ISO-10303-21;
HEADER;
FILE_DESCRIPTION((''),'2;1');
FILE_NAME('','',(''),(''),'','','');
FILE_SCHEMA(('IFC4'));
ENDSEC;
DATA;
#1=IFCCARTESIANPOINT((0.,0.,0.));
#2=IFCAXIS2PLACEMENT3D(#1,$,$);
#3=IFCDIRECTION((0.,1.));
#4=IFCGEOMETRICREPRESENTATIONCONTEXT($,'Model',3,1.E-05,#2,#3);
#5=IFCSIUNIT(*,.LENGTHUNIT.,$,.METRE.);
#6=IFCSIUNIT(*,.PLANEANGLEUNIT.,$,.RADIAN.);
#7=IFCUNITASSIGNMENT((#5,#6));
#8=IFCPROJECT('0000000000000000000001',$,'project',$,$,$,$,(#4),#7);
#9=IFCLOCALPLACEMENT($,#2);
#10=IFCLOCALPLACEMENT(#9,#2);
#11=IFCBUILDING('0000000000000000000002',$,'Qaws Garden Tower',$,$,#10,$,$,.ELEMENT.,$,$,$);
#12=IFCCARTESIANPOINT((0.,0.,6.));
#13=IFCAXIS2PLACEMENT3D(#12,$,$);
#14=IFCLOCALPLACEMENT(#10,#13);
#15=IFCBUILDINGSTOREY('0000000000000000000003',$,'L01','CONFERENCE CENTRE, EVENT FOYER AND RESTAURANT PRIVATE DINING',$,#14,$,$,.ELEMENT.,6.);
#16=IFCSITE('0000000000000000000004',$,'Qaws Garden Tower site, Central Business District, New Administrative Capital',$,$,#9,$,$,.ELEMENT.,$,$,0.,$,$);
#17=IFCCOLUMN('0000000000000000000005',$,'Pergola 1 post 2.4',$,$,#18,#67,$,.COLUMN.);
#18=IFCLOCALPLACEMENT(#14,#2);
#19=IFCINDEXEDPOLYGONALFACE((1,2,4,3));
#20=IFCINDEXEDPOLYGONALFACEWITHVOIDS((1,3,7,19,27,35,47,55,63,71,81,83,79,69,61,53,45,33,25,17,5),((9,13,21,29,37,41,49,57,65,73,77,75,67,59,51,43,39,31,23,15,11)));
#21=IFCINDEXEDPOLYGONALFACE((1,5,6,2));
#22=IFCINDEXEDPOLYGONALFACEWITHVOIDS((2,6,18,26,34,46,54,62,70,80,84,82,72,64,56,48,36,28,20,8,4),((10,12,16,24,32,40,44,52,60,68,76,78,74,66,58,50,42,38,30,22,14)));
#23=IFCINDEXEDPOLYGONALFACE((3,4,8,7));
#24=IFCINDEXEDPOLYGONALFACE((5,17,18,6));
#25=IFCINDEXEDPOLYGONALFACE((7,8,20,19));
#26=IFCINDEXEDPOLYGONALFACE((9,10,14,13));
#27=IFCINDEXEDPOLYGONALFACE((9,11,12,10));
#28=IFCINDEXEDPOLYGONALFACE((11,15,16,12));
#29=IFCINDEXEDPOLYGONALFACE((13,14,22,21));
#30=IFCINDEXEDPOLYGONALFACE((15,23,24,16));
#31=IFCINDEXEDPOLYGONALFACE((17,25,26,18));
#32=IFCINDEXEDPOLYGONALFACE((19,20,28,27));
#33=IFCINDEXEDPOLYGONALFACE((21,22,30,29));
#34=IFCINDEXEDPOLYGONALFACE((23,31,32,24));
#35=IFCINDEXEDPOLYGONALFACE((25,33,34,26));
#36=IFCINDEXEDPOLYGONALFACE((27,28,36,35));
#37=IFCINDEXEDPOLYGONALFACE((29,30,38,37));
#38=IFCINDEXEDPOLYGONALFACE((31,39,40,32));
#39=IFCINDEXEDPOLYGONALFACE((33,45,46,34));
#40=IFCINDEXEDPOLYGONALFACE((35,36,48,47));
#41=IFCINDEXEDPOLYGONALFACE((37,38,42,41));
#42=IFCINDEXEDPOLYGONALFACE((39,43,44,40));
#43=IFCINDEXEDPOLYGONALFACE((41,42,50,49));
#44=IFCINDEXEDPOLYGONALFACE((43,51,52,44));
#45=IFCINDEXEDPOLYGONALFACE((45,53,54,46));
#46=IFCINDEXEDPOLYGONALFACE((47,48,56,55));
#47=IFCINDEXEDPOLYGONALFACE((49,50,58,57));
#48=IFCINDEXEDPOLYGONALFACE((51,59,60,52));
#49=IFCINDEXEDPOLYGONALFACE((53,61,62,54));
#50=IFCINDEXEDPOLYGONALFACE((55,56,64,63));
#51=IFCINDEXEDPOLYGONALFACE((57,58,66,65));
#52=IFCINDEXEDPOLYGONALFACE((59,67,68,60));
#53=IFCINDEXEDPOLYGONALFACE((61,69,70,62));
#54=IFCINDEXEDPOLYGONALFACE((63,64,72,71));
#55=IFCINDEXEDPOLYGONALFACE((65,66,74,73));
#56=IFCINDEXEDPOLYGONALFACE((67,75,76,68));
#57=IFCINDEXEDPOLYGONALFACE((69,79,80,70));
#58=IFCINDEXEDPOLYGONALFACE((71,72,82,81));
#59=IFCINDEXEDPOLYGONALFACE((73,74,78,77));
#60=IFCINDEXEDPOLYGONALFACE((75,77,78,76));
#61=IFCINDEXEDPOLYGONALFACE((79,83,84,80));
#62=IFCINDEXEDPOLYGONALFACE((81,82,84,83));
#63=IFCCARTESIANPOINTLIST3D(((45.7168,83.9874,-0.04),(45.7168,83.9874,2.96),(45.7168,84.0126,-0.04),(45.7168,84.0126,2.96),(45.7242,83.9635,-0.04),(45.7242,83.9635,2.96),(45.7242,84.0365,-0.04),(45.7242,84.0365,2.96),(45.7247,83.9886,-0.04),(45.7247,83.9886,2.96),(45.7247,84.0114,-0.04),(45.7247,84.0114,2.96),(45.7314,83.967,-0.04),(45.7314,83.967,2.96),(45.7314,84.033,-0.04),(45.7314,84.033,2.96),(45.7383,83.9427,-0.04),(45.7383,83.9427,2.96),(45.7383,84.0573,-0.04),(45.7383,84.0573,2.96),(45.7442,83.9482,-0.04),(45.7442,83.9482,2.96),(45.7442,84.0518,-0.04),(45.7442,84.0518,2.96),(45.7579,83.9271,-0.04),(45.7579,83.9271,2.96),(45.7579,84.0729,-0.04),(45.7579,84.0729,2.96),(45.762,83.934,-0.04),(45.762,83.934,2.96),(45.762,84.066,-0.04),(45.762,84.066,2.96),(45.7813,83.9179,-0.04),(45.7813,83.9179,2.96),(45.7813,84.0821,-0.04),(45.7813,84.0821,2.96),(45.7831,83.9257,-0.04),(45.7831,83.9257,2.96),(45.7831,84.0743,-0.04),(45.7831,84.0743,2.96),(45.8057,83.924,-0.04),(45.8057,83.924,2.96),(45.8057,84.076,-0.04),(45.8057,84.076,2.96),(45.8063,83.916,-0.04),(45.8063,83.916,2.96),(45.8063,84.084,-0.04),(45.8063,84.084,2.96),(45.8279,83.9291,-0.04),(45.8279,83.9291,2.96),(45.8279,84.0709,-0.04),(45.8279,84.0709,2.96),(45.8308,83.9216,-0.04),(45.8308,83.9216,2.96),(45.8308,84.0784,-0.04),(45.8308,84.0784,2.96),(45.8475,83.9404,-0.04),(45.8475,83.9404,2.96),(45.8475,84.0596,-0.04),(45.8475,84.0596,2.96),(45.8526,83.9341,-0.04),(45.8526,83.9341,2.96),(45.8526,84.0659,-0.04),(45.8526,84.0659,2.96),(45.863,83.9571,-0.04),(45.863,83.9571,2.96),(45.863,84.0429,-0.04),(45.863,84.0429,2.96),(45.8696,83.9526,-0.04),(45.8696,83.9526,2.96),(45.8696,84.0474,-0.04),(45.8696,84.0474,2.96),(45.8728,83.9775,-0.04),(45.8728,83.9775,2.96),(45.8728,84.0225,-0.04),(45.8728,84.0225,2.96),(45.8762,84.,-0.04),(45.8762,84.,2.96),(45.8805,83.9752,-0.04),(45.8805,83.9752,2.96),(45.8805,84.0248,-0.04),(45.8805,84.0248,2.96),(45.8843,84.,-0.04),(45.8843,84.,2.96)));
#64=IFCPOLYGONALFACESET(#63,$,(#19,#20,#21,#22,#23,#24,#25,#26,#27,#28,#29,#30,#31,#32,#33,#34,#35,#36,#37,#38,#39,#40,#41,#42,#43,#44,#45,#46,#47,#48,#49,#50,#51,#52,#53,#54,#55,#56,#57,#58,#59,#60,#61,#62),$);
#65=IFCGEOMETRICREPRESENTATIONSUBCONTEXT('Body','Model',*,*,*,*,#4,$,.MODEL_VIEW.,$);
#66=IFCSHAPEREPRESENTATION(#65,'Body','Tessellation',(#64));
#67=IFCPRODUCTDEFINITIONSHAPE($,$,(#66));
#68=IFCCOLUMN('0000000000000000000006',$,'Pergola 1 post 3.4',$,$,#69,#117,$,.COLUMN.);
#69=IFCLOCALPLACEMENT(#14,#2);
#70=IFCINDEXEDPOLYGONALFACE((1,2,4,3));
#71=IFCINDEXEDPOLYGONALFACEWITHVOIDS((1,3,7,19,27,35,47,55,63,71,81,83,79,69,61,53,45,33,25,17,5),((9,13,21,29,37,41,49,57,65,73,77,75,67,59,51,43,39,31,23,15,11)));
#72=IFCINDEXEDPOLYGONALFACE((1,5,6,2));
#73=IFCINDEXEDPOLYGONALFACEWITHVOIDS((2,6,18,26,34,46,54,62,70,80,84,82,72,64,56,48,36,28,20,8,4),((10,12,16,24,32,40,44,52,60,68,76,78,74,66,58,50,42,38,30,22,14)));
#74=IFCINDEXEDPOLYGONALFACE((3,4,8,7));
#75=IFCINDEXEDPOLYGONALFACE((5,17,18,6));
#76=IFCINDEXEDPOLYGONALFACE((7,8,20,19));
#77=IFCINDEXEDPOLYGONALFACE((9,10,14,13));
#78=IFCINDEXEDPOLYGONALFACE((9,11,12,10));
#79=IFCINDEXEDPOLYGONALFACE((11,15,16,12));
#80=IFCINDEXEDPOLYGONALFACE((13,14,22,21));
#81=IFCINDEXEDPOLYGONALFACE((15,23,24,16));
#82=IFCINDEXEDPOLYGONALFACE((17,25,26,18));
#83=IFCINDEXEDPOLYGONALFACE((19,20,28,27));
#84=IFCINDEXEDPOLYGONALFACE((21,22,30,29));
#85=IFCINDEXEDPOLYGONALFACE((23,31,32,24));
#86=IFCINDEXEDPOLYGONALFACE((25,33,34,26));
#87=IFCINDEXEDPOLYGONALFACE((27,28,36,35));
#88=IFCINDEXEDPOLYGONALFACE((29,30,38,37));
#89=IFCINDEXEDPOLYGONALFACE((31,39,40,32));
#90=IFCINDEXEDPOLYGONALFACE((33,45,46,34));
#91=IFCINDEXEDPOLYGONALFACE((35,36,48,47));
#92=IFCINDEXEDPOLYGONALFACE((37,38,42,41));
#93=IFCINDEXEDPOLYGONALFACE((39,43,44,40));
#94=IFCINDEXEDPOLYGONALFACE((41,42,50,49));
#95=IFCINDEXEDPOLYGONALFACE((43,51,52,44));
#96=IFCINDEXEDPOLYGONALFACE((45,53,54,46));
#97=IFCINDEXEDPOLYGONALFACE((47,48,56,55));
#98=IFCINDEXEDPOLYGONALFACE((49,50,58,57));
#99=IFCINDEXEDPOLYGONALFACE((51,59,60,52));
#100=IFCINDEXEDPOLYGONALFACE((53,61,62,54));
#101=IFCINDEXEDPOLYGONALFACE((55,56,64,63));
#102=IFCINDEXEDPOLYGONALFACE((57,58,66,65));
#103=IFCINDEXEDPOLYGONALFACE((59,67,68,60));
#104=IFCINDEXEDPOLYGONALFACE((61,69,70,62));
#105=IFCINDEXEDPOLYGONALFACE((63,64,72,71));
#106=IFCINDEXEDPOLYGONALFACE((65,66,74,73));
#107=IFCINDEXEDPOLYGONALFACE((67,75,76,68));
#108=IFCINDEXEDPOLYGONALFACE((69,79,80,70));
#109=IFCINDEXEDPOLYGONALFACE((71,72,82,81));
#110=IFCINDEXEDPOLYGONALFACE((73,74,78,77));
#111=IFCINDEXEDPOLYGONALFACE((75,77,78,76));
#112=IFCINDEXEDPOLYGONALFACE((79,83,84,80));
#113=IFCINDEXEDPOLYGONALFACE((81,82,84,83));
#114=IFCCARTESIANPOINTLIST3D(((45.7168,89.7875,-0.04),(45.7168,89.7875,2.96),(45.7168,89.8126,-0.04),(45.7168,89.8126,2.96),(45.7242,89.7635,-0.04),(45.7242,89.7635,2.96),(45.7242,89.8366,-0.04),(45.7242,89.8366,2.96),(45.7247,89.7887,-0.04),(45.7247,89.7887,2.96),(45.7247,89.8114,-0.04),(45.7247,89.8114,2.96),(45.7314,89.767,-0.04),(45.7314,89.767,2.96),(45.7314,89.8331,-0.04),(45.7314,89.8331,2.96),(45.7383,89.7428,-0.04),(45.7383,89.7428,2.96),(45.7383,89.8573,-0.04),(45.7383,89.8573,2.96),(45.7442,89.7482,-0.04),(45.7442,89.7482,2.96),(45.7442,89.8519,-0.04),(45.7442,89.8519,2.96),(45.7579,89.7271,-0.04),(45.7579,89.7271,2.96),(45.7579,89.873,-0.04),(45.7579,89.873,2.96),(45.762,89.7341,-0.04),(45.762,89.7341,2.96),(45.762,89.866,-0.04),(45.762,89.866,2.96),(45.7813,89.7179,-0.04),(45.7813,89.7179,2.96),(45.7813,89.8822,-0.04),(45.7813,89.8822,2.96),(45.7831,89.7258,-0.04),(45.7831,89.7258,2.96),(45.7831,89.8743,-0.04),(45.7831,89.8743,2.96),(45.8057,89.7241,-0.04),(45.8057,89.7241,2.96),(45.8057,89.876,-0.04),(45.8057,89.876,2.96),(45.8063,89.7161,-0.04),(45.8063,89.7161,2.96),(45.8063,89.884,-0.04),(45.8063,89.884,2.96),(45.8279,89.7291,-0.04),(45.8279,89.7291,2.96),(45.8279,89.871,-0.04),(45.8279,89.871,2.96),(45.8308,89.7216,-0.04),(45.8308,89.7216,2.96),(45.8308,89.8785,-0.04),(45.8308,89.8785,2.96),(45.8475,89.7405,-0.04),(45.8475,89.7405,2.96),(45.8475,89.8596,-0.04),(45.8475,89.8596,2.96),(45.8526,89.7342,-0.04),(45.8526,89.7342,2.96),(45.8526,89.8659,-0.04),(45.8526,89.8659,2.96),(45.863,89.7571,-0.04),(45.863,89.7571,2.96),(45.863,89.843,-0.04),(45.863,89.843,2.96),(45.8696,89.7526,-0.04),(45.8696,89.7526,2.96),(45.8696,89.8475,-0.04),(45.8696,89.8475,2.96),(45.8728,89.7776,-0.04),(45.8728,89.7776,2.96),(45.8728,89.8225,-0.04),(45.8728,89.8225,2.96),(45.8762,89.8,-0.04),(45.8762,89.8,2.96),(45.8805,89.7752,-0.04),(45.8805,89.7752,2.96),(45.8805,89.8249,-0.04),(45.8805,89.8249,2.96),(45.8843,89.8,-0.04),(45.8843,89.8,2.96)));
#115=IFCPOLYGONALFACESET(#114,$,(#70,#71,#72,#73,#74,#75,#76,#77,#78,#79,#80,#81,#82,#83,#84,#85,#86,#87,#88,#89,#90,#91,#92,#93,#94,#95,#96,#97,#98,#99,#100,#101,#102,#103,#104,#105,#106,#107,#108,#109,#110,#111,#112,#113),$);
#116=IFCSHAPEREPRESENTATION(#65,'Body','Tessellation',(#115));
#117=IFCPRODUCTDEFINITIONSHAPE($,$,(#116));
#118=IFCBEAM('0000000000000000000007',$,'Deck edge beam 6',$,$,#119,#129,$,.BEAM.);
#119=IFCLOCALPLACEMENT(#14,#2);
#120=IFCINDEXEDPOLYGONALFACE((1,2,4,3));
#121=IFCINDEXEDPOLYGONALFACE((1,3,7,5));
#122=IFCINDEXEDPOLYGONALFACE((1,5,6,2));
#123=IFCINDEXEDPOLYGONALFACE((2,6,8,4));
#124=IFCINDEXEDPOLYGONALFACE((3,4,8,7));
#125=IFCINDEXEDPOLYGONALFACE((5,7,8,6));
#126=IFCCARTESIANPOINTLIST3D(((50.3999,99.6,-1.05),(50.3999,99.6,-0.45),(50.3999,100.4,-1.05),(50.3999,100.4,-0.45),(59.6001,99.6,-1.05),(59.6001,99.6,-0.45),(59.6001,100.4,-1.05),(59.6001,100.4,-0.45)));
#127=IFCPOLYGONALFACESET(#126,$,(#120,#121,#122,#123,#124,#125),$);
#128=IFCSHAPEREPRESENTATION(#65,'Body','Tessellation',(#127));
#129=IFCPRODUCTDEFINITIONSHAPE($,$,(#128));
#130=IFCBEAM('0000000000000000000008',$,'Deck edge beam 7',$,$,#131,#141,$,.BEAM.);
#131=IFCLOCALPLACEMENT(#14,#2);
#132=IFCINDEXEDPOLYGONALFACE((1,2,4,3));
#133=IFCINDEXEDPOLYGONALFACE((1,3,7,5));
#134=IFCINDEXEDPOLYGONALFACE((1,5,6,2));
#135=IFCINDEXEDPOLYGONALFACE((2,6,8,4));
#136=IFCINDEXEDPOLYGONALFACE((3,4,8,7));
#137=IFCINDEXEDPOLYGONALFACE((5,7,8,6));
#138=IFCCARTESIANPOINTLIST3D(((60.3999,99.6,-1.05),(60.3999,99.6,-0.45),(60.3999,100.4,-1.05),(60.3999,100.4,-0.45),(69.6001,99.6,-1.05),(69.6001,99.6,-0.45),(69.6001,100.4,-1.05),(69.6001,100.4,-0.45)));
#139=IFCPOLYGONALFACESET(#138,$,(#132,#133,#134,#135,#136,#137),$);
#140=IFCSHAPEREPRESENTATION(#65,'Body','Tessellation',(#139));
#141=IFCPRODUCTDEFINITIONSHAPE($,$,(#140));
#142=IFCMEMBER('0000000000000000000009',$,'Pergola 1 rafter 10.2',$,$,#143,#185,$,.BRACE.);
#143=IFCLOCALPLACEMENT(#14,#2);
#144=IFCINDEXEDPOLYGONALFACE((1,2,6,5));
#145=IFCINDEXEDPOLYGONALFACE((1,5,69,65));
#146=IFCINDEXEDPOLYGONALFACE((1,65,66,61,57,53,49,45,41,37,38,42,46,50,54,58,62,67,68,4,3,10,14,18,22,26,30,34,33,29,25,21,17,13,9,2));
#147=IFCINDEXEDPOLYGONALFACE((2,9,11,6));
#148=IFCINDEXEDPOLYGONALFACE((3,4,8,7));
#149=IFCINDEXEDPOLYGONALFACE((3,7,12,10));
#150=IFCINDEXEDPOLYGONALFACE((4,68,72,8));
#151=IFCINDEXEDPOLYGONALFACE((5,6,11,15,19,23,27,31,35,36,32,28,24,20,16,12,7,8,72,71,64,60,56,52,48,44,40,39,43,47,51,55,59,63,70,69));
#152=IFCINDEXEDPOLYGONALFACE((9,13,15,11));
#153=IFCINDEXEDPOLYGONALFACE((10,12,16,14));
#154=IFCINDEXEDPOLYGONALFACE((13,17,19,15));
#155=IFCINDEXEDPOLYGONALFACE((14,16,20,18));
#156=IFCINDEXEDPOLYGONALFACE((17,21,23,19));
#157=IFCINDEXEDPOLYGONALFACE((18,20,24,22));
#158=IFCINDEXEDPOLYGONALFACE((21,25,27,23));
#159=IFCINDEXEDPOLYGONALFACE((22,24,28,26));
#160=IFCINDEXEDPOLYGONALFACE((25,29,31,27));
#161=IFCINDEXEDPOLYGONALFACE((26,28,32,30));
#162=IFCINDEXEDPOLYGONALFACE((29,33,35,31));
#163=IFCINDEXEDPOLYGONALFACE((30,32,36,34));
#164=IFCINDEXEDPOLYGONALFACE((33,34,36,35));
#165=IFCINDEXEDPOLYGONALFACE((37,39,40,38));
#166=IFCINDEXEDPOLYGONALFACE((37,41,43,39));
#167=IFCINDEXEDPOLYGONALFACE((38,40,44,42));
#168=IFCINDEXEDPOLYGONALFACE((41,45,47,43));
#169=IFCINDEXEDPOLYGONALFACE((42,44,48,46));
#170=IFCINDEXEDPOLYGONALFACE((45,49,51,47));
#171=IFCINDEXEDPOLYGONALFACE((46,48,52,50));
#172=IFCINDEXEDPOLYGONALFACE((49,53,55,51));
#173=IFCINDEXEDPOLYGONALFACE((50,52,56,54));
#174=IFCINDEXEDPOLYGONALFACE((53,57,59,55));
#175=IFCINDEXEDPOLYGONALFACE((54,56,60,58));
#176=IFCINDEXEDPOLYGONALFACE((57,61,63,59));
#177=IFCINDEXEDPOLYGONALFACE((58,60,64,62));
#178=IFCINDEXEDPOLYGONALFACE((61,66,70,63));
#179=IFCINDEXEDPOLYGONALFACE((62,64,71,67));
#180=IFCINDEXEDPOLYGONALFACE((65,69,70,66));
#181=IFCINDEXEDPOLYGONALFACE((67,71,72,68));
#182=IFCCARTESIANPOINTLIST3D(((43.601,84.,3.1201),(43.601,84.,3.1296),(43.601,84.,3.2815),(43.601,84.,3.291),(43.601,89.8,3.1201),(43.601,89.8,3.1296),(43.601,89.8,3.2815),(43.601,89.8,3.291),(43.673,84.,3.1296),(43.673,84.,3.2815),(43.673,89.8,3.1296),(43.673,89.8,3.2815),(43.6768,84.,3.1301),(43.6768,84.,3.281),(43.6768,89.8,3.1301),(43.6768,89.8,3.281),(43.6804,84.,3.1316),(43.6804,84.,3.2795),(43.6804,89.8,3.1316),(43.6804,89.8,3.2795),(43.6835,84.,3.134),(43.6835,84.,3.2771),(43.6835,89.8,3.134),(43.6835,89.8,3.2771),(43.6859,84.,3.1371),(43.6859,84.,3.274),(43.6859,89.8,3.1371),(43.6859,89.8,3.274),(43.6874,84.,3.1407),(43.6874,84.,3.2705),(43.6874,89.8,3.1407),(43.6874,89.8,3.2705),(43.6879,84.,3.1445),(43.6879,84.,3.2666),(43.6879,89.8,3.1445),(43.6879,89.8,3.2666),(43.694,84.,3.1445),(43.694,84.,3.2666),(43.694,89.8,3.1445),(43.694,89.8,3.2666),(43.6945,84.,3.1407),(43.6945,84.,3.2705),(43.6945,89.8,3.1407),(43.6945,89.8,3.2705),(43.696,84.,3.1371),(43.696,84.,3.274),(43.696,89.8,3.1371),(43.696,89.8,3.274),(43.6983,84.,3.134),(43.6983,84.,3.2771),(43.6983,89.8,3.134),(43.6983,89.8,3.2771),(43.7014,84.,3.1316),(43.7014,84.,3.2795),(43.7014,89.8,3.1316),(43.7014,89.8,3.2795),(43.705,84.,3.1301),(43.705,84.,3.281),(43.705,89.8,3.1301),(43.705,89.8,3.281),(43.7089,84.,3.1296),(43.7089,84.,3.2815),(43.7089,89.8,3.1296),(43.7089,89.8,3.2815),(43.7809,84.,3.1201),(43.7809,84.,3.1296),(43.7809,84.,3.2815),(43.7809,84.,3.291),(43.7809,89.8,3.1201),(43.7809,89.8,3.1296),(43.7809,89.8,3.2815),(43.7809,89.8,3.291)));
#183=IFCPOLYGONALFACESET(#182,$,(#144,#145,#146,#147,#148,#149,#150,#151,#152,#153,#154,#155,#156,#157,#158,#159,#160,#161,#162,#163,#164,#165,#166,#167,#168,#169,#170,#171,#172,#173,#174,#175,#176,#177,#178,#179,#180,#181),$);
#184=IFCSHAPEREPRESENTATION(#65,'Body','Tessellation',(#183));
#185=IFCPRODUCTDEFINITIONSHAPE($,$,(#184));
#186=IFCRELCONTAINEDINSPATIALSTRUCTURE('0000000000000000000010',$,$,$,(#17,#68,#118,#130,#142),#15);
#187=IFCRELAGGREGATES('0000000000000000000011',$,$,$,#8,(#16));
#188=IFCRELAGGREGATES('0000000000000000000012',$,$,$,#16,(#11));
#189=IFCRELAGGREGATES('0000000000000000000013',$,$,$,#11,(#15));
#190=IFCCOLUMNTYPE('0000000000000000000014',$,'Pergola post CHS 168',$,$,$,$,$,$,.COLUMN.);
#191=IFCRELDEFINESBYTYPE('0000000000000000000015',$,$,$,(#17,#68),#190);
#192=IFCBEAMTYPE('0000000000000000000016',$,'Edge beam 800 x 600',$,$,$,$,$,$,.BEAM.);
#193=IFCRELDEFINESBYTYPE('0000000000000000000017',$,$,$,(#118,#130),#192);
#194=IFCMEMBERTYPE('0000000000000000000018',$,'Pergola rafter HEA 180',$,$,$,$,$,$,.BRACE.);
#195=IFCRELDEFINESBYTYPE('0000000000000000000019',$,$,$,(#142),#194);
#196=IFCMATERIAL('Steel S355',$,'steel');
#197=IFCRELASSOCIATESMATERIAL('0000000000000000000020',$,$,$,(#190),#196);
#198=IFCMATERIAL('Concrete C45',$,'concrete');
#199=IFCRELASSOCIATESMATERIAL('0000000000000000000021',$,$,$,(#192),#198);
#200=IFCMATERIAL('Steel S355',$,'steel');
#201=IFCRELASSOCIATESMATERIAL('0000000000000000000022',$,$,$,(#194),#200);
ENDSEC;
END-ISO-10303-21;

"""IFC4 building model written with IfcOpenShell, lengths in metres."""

from ifc_helpers import new_model, si_unit, direction, frame, origin, origin_2d, place, context, subcontext, project, spatial, rectangle, hollow_circle, i_section, extrude, material, material_profile, profile_set, type_object, element, save


model = new_model("IFC4")

# Units and contexts
model_context = context("Model", 3, precision=1e-05, world=origin(), true_north=direction((0.0, 1.0)))
body_context = subcontext(model_context, "Body", "Model", "MODEL_VIEW")
ifc_project = project(units=[si_unit("LENGTHUNIT", "METRE"), si_unit("PLANEANGLEUNIT", "RADIAN")], contexts=[model_context])

# Site, building, storey
site_placement = place(None, origin())
site = spatial("IfcSite", under=ifc_project, at=site_placement, Name="Qaws Garden Tower site, Central Business District, New Administrative Capital", CompositionType="ELEMENT", RefElevation=0.0)
building_placement = place(site_placement, origin())
building = spatial("IfcBuilding", under=site, at=building_placement, Name="Qaws Garden Tower", CompositionType="ELEMENT")
storey_placement = place(building_placement, frame((0.0, 0.0, 6.0)))
storey = spatial("IfcBuildingStorey", under=building, at=storey_placement, Name="L01", Description="CONFERENCE CENTRE, EVENT FOYER AND RESTAURANT PRIVATE DINING", CompositionType="ELEMENT", Elevation=6.0)

# Columns
ifc_material_1 = material(Name="Steel S355", Category="steel")
ifc_material_profile_1 = material_profile(ifc_material_1, hollow_circle(Radius=0.0842, WallThickness=0.0081, at=origin_2d()), Name="Pergola post CHS 168")
ifc_profile_set_1 = profile_set([ifc_material_profile_1], Name="Steel S355")
column_type = type_object("IfcColumnType", Name="Pergola post CHS 168", PredefinedType="COLUMN", material=ifc_profile_set_1)
for number, where, z_axis, x_axis, name in (
    (1, (45.8, 84.0, -0.04), (0.0, 0.0, 1.0), (1.0, 0.0, 0.0), "Pergola 1 post 2.4"),
    (2, (45.8, 89.8, -0.04), (0.0, 0.0, 1.0), (1.0, 0.0, 0.0), "Pergola 1 post 3.4"),
):
    element("IfcColumn", number, at=place(storey_placement, frame(where, z_axis=z_axis, x_axis=x_axis)), inside=storey, type_object=column_type, Name=name, PredefinedType="COLUMN", context=body_context, shape_type="SweptSolid", body=[
        extrude(hollow_circle(Radius=0.0842, WallThickness=0.0081, at=origin_2d()), origin(), (0.0, 0.0, 1.0), 3.0),
    ])

# Beams
ifc_material_2 = material(Name="Concrete C45", Category="concrete")
ifc_material_profile_2 = material_profile(ifc_material_2, rectangle(XDim=0.8, YDim=0.6001, at=origin_2d()), Name="Edge beam 800 x 600")
ifc_profile_set_2 = profile_set([ifc_material_profile_2], Name="Concrete C45")
beam_type = type_object("IfcBeamType", Name="Edge beam 800 x 600", PredefinedType="BEAM", material=ifc_profile_set_2)
for number, where, z_axis, x_axis, name in (
    (3, (50.3999, 100.0, -0.75), (1.0, 0.0, 0.0), (0.0, 1.0, 0.0), "Deck edge beam 6"),
    (4, (60.3999, 100.0, -0.75), (1.0, 0.0, 0.0), (0.0, 1.0, 0.0), "Deck edge beam 7"),
):
    element("IfcBeam", number, at=place(storey_placement, frame(where, z_axis=z_axis, x_axis=x_axis)), inside=storey, type_object=beam_type, Name=name, PredefinedType="BEAM", context=body_context, shape_type="SweptSolid", body=[
        extrude(rectangle(XDim=0.8, YDim=0.6001, at=origin_2d()), origin(), (0.0, 0.0, 1.0), 9.2002),
    ])

# Member
ifc_material_3 = material(Name="Steel S355", Category="steel")
ifc_material_profile_3 = material_profile(ifc_material_3, i_section(OverallWidth=0.1799, OverallDepth=0.1709, WebThickness=0.0061, FlangeThickness=0.0095, FilletRadius=0.0149, at=origin_2d()), Name="HEA 180")
ifc_profile_set_3 = profile_set([ifc_material_profile_3], Name="Steel S355")
member_type = type_object("IfcMemberType", Name="Pergola rafter HEA 180", PredefinedType="BRACE", material=ifc_profile_set_3)
for number, where, z_axis, x_axis, name in (
    (5, (43.6909, 84.0, 3.2056), (0.0, 1.0, 0.0), (-1.0, 0.0, 0.0), "Pergola 1 rafter 10.2"),
):
    element("IfcMember", number, at=place(storey_placement, frame(where, z_axis=z_axis, x_axis=x_axis)), inside=storey, type_object=member_type, Name=name, PredefinedType="BRACE", context=body_context, shape_type="SweptSolid", body=[
        extrude(i_section(OverallWidth=0.1799, OverallDepth=0.1709, WebThickness=0.0061, FlangeThickness=0.0095, FilletRadius=0.0149, at=origin_2d()), origin(), (0.0, 0.0, 1.0), 5.8),
    ])

save(model, "model.ifc")
